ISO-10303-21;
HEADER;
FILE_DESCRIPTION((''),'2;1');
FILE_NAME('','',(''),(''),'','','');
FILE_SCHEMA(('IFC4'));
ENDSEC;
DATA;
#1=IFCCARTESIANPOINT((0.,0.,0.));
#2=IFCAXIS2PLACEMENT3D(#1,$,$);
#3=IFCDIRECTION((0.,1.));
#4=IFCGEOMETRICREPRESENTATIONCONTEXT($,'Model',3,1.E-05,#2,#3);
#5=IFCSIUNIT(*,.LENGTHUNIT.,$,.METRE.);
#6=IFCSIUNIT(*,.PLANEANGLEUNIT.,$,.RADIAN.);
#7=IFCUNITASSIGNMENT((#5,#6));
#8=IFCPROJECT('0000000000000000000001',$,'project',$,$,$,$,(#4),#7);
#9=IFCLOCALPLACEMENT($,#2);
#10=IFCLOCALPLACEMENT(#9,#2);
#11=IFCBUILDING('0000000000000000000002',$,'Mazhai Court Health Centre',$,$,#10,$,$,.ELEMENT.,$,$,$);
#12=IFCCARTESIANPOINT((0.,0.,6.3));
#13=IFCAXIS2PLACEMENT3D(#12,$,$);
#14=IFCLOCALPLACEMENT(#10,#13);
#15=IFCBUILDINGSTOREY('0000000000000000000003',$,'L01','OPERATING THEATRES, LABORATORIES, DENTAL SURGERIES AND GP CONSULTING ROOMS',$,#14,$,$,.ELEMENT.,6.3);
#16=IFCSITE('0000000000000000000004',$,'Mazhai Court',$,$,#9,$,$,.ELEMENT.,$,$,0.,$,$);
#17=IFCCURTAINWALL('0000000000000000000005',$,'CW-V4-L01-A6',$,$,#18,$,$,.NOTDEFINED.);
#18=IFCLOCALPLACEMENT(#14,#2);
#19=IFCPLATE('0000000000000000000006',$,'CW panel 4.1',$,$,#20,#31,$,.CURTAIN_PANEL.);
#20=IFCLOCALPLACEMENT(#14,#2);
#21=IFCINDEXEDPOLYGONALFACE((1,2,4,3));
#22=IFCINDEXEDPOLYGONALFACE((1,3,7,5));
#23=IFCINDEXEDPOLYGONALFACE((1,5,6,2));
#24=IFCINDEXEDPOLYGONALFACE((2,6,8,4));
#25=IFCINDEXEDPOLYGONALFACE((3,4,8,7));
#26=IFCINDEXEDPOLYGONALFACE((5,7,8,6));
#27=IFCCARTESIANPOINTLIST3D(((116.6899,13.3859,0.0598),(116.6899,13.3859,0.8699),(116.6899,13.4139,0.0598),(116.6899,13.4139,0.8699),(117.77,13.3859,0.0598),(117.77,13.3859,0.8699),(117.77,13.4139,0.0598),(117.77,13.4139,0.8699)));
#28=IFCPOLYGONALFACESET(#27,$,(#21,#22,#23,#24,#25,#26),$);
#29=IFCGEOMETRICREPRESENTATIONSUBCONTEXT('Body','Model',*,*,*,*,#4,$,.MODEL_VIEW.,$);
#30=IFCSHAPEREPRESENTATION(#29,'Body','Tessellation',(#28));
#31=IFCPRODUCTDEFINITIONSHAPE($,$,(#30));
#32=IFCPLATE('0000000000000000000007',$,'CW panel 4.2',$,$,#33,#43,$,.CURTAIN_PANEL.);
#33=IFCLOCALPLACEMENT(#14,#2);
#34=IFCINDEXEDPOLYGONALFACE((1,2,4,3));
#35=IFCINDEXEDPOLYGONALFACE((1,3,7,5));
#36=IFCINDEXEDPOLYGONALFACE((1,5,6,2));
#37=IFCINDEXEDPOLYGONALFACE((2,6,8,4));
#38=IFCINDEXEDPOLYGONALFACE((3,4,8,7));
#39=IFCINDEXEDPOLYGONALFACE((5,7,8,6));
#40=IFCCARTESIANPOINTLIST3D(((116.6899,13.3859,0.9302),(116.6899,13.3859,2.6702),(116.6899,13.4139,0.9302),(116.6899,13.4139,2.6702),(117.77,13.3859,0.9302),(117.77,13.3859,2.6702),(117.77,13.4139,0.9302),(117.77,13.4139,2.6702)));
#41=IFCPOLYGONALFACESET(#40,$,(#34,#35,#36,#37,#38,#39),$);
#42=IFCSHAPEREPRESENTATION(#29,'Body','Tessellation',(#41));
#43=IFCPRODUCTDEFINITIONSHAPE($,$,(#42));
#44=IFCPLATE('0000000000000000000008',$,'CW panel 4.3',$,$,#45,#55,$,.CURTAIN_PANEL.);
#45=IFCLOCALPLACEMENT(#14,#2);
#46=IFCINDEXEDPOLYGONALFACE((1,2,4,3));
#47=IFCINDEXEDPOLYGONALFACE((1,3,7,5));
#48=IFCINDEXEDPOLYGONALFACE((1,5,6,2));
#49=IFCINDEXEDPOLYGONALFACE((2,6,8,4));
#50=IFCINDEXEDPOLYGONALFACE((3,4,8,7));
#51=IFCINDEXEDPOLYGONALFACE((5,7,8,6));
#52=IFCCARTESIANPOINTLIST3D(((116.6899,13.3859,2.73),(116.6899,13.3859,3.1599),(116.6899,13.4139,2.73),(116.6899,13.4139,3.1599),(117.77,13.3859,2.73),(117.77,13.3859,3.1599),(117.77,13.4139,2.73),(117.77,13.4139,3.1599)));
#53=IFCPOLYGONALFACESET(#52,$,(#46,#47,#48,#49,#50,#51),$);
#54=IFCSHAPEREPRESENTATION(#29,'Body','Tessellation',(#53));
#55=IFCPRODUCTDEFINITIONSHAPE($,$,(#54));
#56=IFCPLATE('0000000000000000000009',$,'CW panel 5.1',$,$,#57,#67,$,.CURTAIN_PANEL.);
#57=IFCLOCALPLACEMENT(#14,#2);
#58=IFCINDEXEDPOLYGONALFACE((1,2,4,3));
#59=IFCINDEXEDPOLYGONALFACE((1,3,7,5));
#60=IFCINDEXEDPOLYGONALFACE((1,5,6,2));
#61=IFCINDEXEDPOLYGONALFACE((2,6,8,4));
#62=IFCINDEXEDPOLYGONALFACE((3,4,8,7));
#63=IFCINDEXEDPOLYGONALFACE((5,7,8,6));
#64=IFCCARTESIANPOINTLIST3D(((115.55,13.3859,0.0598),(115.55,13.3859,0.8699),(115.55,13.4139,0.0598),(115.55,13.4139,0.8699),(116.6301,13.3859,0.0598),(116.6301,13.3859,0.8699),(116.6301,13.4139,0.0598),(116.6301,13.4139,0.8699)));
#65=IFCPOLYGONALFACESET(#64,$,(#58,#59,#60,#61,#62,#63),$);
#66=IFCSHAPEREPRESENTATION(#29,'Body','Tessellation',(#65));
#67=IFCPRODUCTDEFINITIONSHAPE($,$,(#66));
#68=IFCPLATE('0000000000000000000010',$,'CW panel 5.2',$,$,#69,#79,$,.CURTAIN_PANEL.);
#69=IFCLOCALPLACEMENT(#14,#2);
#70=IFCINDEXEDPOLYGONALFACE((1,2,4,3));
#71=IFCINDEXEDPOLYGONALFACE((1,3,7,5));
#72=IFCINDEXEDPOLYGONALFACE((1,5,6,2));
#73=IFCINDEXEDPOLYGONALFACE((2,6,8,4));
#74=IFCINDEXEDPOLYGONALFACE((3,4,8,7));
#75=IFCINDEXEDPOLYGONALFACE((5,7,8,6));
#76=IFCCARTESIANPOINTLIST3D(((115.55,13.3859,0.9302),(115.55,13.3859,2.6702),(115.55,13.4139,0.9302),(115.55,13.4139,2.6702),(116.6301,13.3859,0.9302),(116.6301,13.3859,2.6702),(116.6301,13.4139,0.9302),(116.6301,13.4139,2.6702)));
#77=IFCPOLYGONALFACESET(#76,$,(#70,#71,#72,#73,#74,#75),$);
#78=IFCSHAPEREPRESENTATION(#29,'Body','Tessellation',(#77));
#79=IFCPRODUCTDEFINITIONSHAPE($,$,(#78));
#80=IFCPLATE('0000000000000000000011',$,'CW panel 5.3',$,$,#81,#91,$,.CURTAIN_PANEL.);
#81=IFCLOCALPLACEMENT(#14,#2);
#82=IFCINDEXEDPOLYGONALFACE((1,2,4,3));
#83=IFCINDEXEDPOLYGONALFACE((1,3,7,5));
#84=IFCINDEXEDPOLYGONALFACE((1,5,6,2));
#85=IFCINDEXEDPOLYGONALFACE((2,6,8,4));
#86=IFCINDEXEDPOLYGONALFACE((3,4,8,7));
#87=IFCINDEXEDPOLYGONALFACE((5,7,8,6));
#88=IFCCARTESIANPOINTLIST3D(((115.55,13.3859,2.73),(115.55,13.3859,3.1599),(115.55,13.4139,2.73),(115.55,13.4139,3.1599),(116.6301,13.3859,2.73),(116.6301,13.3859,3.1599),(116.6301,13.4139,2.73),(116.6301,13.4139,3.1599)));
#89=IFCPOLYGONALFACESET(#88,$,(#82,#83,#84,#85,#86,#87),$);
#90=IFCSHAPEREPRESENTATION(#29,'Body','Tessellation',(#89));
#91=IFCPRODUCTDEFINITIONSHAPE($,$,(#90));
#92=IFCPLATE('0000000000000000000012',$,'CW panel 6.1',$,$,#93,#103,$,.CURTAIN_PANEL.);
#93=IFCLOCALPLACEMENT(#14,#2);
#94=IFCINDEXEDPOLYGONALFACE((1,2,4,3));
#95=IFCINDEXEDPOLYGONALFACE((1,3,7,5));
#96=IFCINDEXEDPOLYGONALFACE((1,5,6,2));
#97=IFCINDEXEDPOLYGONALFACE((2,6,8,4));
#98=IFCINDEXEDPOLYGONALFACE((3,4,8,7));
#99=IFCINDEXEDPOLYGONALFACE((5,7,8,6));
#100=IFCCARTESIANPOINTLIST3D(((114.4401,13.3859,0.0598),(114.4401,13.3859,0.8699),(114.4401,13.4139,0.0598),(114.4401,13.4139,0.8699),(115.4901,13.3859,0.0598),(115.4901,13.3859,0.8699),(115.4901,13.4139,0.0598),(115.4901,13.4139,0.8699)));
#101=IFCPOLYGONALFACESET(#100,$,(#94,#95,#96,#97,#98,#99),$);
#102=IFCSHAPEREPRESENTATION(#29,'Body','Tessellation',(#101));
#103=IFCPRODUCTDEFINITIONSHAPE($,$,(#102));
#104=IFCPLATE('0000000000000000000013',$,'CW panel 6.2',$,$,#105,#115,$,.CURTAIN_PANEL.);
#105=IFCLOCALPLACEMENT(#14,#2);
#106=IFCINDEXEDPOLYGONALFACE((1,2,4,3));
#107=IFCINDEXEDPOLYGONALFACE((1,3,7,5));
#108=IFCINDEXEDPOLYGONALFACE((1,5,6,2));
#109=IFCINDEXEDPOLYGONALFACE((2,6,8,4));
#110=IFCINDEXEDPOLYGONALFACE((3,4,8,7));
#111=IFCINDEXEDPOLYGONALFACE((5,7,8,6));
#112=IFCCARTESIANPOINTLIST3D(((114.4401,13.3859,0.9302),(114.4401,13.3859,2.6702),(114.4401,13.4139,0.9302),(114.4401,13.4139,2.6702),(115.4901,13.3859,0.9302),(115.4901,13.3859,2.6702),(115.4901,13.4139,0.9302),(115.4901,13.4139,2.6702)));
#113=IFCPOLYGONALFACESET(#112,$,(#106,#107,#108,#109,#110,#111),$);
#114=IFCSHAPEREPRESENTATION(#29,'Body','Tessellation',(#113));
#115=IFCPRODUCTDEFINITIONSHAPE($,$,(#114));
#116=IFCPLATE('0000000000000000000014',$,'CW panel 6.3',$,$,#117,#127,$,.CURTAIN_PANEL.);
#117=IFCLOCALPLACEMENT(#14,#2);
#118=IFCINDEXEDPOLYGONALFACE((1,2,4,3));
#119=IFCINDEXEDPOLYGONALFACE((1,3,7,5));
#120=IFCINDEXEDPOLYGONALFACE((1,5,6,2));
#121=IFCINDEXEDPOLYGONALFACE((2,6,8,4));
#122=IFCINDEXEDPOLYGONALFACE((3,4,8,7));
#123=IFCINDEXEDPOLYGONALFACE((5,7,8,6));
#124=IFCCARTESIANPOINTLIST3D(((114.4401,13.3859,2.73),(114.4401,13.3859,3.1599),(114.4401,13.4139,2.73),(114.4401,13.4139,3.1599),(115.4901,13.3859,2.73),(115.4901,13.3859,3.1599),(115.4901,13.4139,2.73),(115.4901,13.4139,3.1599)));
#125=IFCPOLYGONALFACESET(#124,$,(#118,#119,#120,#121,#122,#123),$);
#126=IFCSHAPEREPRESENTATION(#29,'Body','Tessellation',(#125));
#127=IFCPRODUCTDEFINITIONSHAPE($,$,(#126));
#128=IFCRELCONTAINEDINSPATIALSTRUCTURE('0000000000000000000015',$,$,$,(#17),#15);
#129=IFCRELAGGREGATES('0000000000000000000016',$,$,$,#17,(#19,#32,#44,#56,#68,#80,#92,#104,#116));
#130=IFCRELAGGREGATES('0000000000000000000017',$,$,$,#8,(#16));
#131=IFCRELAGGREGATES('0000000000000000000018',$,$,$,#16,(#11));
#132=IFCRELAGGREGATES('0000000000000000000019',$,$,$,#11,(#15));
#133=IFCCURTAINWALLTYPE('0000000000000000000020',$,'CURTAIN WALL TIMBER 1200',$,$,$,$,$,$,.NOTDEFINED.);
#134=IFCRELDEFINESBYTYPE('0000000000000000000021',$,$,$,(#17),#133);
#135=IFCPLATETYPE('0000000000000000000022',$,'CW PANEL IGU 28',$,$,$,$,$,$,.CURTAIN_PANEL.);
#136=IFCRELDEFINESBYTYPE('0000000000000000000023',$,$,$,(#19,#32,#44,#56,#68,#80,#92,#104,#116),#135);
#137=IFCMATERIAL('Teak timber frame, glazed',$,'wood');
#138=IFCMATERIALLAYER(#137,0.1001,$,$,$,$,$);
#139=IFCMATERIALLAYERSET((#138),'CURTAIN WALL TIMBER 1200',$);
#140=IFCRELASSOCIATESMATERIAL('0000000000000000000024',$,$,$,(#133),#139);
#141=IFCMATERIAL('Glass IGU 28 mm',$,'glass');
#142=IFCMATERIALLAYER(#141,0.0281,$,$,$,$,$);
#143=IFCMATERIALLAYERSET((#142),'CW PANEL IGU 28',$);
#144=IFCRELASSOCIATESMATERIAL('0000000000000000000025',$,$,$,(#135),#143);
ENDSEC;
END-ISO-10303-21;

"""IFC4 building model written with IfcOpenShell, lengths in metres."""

from ifc_helpers import new_model, si_unit, direction, frame, origin, origin_2d, place, context, subcontext, project, spatial, rectangle, extrude, material, layer, layer_set, type_object, element, aggregate, save


model = new_model("IFC4")

# Units and contexts
model_context = context("Model", 3, precision=1e-05, world=origin(), true_north=direction((0.0, 1.0)))
body_context = subcontext(model_context, "Body", "Model", "MODEL_VIEW")
ifc_project = project(units=[si_unit("LENGTHUNIT", "METRE"), si_unit("PLANEANGLEUNIT", "RADIAN")], contexts=[model_context])

# Site, building, storey
site_placement = place(None, origin())
site = spatial("IfcSite", under=ifc_project, at=site_placement, Name="Mazhai Court", CompositionType="ELEMENT", RefElevation=0.0)
building_placement = place(site_placement, origin())
building = spatial("IfcBuilding", under=site, at=building_placement, Name="Mazhai Court Health Centre", CompositionType="ELEMENT")
storey_placement = place(building_placement, frame((0.0, 0.0, 6.3)))
storey = spatial("IfcBuildingStorey", under=building, at=storey_placement, Name="L01", Description="OPERATING THEATRES, LABORATORIES, DENTAL SURGERIES AND GP CONSULTING ROOMS", CompositionType="ELEMENT", Elevation=6.3)

# Curtain wall, plates
ifc_material_1 = material(Name="Teak timber frame, glazed", Category="wood")
ifc_layer_1 = layer(ifc_material_1, 0.1001)
ifc_layer_set_1 = layer_set([ifc_layer_1], Name="CURTAIN WALL TIMBER 1200")
curtain_wall_type = type_object("IfcCurtainWallType", Name="CURTAIN WALL TIMBER 1200", PredefinedType="NOTDEFINED", material=ifc_layer_set_1)
curtain_wall_placement = place(storey_placement, origin())
curtain_wall = element("IfcCurtainWall", 1, at=curtain_wall_placement, inside=storey, type_object=curtain_wall_type, Name="CW-V4-L01-A6", PredefinedType="NOTDEFINED")
ifc_material_2 = material(Name="Glass IGU 28 mm", Category="glass")
ifc_layer_2 = layer(ifc_material_2, 0.0281)
ifc_layer_set_2 = layer_set([ifc_layer_2], Name="CW PANEL IGU 28")
plate_type = type_object("IfcPlateType", Name="CW PANEL IGU 28", PredefinedType="CURTAIN_PANEL", material=ifc_layer_set_2)
plate_1_placement = place(storey_placement, frame((117.23, 13.3999, 0.0598), z_axis=(0.0, 0.0, 1.0), x_axis=(-1.0, 0.0, 0.0)))
plate_1 = element("IfcPlate", 2, at=plate_1_placement, type_object=plate_type, Name="CW panel 4.1", PredefinedType="CURTAIN_PANEL", context=body_context, shape_type="SweptSolid", body=[
    extrude(rectangle(XDim=1.0801, YDim=0.0281, at=origin_2d()), origin(), (0.0, 0.0, 1.0), 0.8101),
])
plate_2_placement = place(storey_placement, frame((117.23, 13.3999, 0.9302), z_axis=(0.0, 0.0, 1.0), x_axis=(-1.0, 0.0, 0.0)))
plate_2 = element("IfcPlate", 3, at=plate_2_placement, type_object=plate_type, Name="CW panel 4.2", PredefinedType="CURTAIN_PANEL", context=body_context, shape_type="SweptSolid", body=[
    extrude(rectangle(XDim=1.0801, YDim=0.0281, at=origin_2d()), origin(), (0.0, 0.0, 1.0), 1.74),
])
plate_3_placement = place(storey_placement, frame((117.23, 13.3999, 2.73), z_axis=(0.0, 0.0, 1.0), x_axis=(-1.0, 0.0, 0.0)))
plate_3 = element("IfcPlate", 4, at=plate_3_placement, type_object=plate_type, Name="CW panel 4.3", PredefinedType="CURTAIN_PANEL", context=body_context, shape_type="SweptSolid", body=[
    extrude(rectangle(XDim=1.0801, YDim=0.0281, at=origin_2d()), origin(), (0.0, 0.0, 1.0), 0.4299),
])
plate_4_placement = place(storey_placement, frame((116.0901, 13.3999, 0.0598), z_axis=(0.0, 0.0, 1.0), x_axis=(-1.0, 0.0, 0.0)))
plate_4 = element("IfcPlate", 5, at=plate_4_placement, type_object=plate_type, Name="CW panel 5.1", PredefinedType="CURTAIN_PANEL", context=body_context, shape_type="SweptSolid", body=[
    extrude(rectangle(XDim=1.0801, YDim=0.0281, at=origin_2d()), origin(), (0.0, 0.0, 1.0), 0.8101),
])
plate_5_placement = place(storey_placement, frame((116.0901, 13.3999, 0.9302), z_axis=(0.0, 0.0, 1.0), x_axis=(-1.0, 0.0, 0.0)))
plate_5 = element("IfcPlate", 6, at=plate_5_placement, type_object=plate_type, Name="CW panel 5.2", PredefinedType="CURTAIN_PANEL", context=body_context, shape_type="SweptSolid", body=[
    extrude(rectangle(XDim=1.0801, YDim=0.0281, at=origin_2d()), origin(), (0.0, 0.0, 1.0), 1.74),
])
plate_6_placement = place(storey_placement, frame((116.0901, 13.3999, 2.73), z_axis=(0.0, 0.0, 1.0), x_axis=(-1.0, 0.0, 0.0)))
plate_6 = element("IfcPlate", 7, at=plate_6_placement, type_object=plate_type, Name="CW panel 5.3", PredefinedType="CURTAIN_PANEL", context=body_context, shape_type="SweptSolid", body=[
    extrude(rectangle(XDim=1.0801, YDim=0.0281, at=origin_2d()), origin(), (0.0, 0.0, 1.0), 0.4299),
])
plate_7_placement = place(storey_placement, frame((114.9651, 13.3999, 0.0598), z_axis=(0.0, 0.0, 1.0), x_axis=(-1.0, 0.0, 0.0)))
plate_7 = element("IfcPlate", 8, at=plate_7_placement, type_object=plate_type, Name="CW panel 6.1", PredefinedType="CURTAIN_PANEL", context=body_context, shape_type="SweptSolid", body=[
    extrude(rectangle(XDim=1.05, YDim=0.0281, at=origin_2d()), origin(), (0.0, 0.0, 1.0), 0.8101),
])
plate_8_placement = place(storey_placement, frame((114.9651, 13.3999, 0.9302), z_axis=(0.0, 0.0, 1.0), x_axis=(-1.0, 0.0, 0.0)))
plate_8 = element("IfcPlate", 9, at=plate_8_placement, type_object=plate_type, Name="CW panel 6.2", PredefinedType="CURTAIN_PANEL", context=body_context, shape_type="SweptSolid", body=[
    extrude(rectangle(XDim=1.05, YDim=0.0281, at=origin_2d()), origin(), (0.0, 0.0, 1.0), 1.74),
])
plate_9_placement = place(storey_placement, frame((114.9651, 13.3999, 2.73), z_axis=(0.0, 0.0, 1.0), x_axis=(-1.0, 0.0, 0.0)))
plate_9 = element("IfcPlate", 10, at=plate_9_placement, type_object=plate_type, Name="CW panel 6.3", PredefinedType="CURTAIN_PANEL", context=body_context, shape_type="SweptSolid", body=[
    extrude(rectangle(XDim=1.05, YDim=0.0281, at=origin_2d()), origin(), (0.0, 0.0, 1.0), 0.4299),
])
aggregate(curtain_wall, [plate_1, plate_2, plate_3, plate_4, plate_5, plate_6, plate_7, plate_8, plate_9])

save(model, "model.ifc")
